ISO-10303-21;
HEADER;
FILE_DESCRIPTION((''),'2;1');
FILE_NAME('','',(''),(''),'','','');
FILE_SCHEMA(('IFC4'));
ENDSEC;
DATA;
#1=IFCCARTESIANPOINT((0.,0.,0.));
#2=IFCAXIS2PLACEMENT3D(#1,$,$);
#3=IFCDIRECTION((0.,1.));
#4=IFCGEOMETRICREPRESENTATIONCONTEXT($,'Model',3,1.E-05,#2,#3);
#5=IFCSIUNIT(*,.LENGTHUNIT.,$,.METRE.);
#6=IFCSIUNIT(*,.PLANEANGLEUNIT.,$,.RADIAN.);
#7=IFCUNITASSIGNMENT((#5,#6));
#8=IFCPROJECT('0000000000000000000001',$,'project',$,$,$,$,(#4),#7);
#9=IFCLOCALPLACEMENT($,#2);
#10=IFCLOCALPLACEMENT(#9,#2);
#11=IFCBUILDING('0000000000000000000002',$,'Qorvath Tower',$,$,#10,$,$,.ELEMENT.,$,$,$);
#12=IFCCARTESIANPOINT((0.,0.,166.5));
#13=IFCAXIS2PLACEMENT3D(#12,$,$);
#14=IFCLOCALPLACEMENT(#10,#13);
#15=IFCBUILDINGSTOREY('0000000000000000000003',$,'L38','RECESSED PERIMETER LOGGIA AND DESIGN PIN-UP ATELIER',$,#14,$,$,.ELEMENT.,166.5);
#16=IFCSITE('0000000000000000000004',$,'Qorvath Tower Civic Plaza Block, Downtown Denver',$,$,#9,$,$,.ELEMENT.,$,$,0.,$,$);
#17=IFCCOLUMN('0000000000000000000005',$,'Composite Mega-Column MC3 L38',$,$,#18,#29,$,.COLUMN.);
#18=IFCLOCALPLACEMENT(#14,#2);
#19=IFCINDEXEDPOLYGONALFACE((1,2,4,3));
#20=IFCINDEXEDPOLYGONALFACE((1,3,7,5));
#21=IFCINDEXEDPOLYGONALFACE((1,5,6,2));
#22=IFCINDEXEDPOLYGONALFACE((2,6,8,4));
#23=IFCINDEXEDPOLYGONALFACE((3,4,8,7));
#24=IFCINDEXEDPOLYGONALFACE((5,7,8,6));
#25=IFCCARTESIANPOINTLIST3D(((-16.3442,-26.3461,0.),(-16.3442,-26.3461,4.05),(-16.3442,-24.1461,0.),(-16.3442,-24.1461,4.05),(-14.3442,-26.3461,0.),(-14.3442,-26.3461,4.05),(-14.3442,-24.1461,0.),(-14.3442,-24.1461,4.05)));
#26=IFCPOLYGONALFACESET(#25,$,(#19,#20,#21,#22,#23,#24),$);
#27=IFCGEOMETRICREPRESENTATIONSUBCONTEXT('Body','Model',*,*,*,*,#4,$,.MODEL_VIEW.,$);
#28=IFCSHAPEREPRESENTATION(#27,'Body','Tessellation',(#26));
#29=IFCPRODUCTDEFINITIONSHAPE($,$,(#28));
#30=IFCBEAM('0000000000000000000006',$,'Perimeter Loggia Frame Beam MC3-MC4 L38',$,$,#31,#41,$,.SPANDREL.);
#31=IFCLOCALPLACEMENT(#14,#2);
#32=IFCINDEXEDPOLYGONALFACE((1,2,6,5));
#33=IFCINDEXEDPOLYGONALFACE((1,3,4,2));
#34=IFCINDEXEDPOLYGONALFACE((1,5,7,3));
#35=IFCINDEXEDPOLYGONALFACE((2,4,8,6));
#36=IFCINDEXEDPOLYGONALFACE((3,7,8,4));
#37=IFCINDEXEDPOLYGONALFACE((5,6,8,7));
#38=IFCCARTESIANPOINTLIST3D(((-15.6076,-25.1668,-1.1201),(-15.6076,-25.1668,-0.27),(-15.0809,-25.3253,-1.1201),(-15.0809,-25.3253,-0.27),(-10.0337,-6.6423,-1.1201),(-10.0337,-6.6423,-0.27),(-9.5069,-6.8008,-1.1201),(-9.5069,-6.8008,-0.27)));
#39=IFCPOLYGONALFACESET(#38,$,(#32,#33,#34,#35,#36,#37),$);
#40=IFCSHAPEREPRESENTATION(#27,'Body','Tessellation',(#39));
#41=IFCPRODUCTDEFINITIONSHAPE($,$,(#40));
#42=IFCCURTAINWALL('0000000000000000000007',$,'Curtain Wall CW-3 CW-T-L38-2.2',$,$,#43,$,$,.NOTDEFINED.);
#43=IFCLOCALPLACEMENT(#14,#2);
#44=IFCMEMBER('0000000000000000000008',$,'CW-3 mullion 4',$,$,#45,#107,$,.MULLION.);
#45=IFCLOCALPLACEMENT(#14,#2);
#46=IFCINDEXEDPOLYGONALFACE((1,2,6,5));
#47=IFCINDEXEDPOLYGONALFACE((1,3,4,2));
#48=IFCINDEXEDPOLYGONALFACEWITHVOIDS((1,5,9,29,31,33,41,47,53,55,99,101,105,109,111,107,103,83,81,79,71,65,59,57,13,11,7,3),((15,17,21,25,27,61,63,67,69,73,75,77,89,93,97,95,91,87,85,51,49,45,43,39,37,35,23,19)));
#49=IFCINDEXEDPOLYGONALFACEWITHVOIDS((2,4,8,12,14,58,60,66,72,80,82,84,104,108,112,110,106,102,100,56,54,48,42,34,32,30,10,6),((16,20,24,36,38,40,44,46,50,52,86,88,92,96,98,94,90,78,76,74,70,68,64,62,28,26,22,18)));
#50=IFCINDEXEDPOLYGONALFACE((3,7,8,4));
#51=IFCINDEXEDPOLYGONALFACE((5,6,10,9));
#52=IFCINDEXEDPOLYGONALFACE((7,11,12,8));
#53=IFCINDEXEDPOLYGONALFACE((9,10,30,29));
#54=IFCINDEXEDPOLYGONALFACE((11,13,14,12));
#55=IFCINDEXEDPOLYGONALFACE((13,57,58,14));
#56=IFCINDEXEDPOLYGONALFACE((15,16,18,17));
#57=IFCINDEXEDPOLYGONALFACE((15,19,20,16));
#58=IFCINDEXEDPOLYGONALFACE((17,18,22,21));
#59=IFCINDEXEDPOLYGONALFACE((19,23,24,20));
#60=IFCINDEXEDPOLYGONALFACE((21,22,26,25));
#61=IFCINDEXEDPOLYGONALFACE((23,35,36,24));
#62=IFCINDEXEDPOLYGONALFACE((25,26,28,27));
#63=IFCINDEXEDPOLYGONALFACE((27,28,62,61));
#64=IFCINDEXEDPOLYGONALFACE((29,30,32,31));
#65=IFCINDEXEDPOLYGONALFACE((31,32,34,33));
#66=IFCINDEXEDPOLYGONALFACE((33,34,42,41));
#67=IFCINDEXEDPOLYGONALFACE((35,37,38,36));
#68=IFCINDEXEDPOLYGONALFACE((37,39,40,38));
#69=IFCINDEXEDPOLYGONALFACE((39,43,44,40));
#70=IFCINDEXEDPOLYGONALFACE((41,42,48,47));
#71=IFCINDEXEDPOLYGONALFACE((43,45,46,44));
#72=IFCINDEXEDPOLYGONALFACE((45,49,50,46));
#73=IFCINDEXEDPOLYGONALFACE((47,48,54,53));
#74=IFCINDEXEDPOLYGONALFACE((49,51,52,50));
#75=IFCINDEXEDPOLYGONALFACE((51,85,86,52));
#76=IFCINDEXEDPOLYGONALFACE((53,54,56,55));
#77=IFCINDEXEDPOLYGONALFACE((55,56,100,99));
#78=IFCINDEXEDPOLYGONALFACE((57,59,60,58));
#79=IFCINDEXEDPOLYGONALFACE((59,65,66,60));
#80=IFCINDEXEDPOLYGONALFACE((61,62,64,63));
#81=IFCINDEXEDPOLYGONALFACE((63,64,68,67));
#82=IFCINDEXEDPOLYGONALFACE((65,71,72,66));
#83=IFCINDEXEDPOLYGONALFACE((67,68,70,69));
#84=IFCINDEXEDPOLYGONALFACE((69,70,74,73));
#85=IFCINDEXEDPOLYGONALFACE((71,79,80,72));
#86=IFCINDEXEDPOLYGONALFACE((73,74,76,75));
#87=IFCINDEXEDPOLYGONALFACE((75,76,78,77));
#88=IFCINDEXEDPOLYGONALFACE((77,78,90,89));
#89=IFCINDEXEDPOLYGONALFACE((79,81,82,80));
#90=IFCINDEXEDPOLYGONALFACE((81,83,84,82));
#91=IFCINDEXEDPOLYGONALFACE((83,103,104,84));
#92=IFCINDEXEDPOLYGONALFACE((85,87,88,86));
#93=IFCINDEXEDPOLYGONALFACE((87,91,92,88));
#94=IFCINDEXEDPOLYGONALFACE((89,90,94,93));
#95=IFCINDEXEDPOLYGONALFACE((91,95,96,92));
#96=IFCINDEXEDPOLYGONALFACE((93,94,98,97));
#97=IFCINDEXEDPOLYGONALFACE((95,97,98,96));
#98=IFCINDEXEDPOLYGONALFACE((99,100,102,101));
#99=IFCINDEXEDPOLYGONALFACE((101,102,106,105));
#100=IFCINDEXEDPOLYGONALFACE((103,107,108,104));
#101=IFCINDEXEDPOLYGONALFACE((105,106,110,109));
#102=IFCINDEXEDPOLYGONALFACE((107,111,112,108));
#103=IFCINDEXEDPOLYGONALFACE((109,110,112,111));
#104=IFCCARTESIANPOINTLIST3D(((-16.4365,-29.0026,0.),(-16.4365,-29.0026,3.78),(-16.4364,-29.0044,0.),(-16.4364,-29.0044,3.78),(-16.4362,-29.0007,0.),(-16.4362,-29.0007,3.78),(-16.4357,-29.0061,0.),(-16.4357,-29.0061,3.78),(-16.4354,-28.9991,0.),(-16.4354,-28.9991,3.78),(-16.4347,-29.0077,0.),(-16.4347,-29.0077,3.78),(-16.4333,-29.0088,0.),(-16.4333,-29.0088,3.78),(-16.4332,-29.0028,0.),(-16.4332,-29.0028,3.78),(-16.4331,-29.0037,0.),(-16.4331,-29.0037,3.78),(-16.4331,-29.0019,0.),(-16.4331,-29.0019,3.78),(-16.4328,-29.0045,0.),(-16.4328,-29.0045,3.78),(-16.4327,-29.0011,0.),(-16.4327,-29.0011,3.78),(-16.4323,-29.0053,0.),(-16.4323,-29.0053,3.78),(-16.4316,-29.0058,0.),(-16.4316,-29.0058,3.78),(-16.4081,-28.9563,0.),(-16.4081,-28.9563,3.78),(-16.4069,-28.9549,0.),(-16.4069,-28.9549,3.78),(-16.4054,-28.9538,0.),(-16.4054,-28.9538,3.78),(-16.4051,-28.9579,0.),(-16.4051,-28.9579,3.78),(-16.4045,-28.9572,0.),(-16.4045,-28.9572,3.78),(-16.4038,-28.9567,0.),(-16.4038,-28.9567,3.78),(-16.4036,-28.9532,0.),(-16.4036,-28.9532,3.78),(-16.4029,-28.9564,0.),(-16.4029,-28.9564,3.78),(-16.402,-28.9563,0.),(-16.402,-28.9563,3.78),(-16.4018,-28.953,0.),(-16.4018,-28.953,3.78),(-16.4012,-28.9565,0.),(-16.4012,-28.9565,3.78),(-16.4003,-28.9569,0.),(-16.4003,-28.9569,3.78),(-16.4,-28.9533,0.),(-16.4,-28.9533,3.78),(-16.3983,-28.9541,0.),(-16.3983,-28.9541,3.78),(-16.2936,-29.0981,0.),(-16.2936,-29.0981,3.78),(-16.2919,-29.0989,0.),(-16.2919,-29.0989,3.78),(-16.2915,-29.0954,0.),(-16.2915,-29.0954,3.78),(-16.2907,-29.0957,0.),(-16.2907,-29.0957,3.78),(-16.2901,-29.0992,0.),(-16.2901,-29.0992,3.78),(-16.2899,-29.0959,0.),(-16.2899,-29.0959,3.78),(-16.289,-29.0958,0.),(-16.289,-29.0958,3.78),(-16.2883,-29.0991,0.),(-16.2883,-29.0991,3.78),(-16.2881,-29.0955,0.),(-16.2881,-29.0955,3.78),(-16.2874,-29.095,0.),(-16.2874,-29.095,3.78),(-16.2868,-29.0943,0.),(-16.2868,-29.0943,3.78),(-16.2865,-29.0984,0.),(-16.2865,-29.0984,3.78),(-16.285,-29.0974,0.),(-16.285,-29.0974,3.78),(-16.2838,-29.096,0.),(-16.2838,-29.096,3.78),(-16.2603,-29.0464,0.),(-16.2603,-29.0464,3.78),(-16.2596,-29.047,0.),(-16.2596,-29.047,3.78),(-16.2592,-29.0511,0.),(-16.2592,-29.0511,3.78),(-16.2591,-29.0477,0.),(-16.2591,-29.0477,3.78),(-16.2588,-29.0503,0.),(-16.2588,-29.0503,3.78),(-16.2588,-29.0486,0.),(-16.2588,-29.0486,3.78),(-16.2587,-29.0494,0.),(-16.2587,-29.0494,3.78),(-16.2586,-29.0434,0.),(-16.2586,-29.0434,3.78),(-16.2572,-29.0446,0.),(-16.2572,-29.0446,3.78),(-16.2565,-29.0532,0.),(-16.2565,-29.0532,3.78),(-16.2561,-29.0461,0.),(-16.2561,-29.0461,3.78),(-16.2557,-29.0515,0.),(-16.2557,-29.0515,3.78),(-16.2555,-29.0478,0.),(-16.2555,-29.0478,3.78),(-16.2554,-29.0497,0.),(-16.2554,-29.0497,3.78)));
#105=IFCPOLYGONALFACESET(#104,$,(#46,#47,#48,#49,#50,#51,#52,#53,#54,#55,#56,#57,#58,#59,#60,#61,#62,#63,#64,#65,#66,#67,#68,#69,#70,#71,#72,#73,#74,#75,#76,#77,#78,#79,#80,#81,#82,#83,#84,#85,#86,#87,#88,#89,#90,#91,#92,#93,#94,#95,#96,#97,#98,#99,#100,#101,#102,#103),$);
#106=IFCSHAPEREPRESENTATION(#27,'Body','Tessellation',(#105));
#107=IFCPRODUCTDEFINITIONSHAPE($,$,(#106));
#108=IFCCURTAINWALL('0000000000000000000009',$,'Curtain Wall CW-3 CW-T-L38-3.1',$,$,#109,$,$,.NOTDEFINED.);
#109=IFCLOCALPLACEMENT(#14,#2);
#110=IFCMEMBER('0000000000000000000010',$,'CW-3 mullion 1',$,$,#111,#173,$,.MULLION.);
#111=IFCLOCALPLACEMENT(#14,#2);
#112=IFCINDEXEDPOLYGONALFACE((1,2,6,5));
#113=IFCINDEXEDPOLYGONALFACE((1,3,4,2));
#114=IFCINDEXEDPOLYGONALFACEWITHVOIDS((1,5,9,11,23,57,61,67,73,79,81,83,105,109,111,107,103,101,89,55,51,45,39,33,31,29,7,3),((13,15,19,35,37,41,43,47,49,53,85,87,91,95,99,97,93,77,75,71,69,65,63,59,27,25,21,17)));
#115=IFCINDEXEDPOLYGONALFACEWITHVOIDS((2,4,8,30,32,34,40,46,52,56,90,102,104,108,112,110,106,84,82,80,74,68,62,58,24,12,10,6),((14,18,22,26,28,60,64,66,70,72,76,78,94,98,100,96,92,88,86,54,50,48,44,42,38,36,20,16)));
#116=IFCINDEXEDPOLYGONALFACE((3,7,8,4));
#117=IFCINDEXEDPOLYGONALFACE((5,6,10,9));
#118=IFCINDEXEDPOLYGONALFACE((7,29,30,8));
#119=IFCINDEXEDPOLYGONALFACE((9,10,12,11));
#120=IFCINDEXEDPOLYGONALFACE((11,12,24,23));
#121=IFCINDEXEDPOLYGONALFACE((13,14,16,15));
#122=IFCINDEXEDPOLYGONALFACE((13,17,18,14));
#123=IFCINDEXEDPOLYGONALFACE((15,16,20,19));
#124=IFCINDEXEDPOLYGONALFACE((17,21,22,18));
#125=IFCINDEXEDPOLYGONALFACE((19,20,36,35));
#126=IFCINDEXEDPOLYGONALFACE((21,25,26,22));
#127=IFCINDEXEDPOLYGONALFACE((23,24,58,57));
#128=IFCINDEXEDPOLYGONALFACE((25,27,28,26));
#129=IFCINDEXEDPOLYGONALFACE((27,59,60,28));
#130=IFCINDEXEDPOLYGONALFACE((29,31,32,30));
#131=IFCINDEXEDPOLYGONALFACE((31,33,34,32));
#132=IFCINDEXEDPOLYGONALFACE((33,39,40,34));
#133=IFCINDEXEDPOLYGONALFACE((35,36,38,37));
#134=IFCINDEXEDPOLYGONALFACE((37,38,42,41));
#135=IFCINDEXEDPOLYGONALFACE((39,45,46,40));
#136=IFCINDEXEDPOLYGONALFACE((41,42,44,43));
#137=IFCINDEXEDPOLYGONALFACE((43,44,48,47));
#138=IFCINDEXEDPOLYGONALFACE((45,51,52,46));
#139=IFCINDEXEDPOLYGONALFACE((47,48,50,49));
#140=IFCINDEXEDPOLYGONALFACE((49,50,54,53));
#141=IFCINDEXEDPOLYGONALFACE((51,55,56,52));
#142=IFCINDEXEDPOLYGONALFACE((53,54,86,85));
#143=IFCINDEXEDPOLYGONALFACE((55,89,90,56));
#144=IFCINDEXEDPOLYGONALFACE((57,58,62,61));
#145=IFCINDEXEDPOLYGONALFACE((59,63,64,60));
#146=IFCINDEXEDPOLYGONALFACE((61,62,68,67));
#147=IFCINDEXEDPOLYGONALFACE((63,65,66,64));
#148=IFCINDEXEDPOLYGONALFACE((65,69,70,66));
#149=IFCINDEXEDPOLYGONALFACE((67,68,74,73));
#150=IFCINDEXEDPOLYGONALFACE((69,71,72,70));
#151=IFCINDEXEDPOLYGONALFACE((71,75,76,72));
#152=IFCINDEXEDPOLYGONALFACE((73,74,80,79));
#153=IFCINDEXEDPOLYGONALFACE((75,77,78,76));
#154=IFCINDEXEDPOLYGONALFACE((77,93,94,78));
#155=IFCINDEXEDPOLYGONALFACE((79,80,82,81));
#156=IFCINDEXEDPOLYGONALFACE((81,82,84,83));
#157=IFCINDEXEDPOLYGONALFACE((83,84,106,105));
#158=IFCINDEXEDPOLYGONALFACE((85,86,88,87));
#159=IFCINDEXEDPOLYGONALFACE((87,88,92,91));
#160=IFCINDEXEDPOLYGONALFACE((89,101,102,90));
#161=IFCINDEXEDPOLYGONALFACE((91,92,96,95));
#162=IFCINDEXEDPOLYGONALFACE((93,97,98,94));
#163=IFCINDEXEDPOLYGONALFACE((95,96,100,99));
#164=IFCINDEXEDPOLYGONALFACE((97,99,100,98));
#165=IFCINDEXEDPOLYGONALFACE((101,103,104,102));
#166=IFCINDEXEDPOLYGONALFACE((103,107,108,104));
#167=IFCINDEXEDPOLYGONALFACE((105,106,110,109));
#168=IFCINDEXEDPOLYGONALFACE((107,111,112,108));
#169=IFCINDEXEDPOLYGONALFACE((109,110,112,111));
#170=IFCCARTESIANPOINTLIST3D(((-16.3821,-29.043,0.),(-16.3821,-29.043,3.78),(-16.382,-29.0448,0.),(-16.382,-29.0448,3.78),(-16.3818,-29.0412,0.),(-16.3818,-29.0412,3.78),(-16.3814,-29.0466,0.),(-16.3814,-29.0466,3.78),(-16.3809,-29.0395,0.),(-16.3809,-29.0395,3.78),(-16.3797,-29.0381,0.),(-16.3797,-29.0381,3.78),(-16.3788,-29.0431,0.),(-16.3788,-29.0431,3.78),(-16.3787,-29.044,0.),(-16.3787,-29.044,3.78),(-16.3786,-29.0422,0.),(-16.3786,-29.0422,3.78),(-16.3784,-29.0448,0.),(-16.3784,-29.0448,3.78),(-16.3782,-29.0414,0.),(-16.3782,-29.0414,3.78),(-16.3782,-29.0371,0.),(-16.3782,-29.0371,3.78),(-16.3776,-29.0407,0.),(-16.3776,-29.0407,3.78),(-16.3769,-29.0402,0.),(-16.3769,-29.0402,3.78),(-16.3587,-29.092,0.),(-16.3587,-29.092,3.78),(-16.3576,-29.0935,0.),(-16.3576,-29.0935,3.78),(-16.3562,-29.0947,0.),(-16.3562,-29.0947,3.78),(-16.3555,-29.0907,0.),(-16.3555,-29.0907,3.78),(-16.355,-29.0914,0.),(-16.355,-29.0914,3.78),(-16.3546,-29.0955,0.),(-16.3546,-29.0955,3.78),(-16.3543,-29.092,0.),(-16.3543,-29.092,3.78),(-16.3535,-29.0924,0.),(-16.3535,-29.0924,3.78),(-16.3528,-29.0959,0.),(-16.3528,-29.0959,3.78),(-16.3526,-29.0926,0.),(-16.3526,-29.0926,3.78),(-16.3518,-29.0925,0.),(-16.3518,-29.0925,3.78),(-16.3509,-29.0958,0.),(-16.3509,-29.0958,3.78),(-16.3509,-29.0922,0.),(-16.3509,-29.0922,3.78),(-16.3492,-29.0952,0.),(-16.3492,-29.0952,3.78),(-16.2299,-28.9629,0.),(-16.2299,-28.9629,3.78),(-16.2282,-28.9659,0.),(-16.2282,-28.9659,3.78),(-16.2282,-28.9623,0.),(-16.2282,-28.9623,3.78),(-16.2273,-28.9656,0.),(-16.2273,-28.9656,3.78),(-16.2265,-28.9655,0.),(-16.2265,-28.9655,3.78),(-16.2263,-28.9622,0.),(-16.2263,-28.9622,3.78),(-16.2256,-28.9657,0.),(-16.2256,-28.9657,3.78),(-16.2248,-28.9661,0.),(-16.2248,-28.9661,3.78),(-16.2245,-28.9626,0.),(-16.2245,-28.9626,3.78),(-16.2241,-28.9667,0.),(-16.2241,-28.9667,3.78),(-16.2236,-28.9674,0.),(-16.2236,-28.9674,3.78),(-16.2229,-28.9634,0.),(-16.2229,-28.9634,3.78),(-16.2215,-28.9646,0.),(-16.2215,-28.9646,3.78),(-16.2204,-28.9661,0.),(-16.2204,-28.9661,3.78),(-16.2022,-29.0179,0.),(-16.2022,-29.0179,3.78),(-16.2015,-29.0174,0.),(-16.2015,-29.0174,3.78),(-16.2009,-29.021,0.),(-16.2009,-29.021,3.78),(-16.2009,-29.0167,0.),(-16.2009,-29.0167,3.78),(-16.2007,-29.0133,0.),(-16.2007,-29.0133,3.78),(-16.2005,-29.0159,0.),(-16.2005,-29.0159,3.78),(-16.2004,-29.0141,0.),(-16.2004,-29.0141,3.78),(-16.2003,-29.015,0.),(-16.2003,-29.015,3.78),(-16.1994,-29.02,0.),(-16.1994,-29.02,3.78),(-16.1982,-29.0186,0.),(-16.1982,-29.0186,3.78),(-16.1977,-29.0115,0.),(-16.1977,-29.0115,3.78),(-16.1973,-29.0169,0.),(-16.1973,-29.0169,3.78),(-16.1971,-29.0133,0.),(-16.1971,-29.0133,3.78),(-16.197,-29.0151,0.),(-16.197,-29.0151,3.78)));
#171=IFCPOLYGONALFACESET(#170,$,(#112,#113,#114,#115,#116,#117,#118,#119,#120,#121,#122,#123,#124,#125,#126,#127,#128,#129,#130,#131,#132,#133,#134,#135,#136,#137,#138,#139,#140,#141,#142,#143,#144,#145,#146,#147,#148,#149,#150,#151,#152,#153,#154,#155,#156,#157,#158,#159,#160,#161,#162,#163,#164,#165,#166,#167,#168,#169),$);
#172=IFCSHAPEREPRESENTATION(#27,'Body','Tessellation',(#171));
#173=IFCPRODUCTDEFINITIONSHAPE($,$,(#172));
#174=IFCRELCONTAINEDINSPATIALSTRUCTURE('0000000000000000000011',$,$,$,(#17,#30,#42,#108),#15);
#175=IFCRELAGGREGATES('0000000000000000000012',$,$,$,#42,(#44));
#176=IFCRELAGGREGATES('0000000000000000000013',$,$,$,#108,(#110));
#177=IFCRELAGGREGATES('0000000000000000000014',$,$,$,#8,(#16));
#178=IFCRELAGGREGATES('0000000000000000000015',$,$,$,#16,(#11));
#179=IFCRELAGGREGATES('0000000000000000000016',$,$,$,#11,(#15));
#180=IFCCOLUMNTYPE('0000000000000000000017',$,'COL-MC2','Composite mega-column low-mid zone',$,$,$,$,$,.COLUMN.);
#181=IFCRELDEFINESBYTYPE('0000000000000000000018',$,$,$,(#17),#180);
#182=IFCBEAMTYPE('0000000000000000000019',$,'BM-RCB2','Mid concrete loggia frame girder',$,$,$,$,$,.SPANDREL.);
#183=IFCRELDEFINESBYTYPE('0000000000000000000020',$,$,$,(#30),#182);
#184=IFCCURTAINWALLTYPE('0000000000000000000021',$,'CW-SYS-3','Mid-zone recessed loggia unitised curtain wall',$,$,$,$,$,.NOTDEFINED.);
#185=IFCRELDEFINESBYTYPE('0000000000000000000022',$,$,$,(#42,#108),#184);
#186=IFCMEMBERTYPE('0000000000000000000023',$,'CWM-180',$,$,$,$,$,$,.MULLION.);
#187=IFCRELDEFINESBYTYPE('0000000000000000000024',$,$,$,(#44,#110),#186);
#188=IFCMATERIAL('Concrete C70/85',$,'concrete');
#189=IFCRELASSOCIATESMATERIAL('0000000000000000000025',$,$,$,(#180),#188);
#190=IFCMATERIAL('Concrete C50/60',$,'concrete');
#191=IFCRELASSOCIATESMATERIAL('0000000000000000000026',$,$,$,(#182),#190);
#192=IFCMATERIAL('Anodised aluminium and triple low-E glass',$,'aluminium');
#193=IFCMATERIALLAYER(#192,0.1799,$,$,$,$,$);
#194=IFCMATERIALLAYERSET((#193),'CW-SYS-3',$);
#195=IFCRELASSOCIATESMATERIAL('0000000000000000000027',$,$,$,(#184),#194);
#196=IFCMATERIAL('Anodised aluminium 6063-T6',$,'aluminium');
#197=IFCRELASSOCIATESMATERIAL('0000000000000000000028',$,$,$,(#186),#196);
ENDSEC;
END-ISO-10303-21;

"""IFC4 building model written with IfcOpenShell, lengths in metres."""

from ifc_helpers import new_model, si_unit, direction, frame, origin, origin_2d, place, context, subcontext, project, spatial, rectangle, hollow_rectangle, extrude, material, layer, layer_set, material_profile, profile_set, type_object, element, aggregate, save


model = new_model("IFC4")

# Units and contexts
model_context = context("Model", 3, precision=1e-05, world=origin(), true_north=direction((0.0, 1.0)))
body_context = subcontext(model_context, "Body", "Model", "MODEL_VIEW")
ifc_project = project(units=[si_unit("LENGTHUNIT", "METRE"), si_unit("PLANEANGLEUNIT", "RADIAN")], contexts=[model_context])

# Site, building, storey
site_placement = place(None, origin())
site = spatial("IfcSite", under=ifc_project, at=site_placement, Name="Qorvath Tower Civic Plaza Block, Downtown Denver", CompositionType="ELEMENT", RefElevation=0.0)
building_placement = place(site_placement, origin())
building = spatial("IfcBuilding", under=site, at=building_placement, Name="Qorvath Tower", CompositionType="ELEMENT")
storey_placement = place(building_placement, frame((0.0, 0.0, 166.5)))
storey = spatial("IfcBuildingStorey", under=building, at=storey_placement, Name="L38", Description="RECESSED PERIMETER LOGGIA AND DESIGN PIN-UP ATELIER", CompositionType="ELEMENT", Elevation=166.5)

# Column
ifc_material_1 = material(Name="Concrete C70/85", Category="concrete")
ifc_material_profile_1 = material_profile(ifc_material_1, rectangle(XDim=2.0, YDim=2.2, at=origin_2d()), Name="MC 2200x2000")
ifc_profile_set_1 = profile_set([ifc_material_profile_1], Name="Concrete C70/85")
column_type = type_object("IfcColumnType", Name="COL-MC2", Description="Composite mega-column low-mid zone", PredefinedType="COLUMN", material=ifc_profile_set_1)
column_placement = place(storey_placement, frame((-15.3442, -25.2461, 0.0), z_axis=(0.0, 0.0, 1.0), x_axis=(1.0, 0.0, 0.0)))
element("IfcColumn", 1, at=column_placement, inside=storey, type_object=column_type, Name="Composite Mega-Column MC3 L38", PredefinedType="COLUMN", context=body_context, shape_type="SweptSolid", body=[
    extrude(rectangle(XDim=2.0, YDim=2.2, at=origin_2d()), origin(), (0.0, 0.0, 1.0), 4.05),
])

# Beam
ifc_material_2 = material(Name="Concrete C50/60", Category="concrete")
ifc_material_profile_2 = material_profile(ifc_material_2, rectangle(XDim=0.55, YDim=0.8501, at=origin_2d()), Name="RCB 850x550")
ifc_profile_set_2 = profile_set([ifc_material_profile_2], Name="Concrete C50/60")
beam_type = type_object("IfcBeamType", Name="BM-RCB2", Description="Mid concrete loggia frame girder", PredefinedType="SPANDREL", material=ifc_profile_set_2)
beam_placement = place(storey_placement, frame((-15.3442, -25.2461, -0.6951), z_axis=(0.288134, 0.95759, 0.0), x_axis=(-0.95759, 0.288134, 0.0)))
element("IfcBeam", 2, at=beam_placement, inside=storey, type_object=beam_type, Name="Perimeter Loggia Frame Beam MC3-MC4 L38", PredefinedType="SPANDREL", context=body_context, shape_type="SweptSolid", body=[
    extrude(rectangle(XDim=0.55, YDim=0.8501, at=origin_2d()), origin(), (0.0, 0.0, 1.0), 19.345),
])

# Curtain wall, member
ifc_material_3 = material(Name="Anodised aluminium and triple low-E glass", Category="aluminium")
ifc_layer_1 = layer(ifc_material_3, 0.1799)
ifc_layer_set_1 = layer_set([ifc_layer_1], Name="CW-SYS-3")
curtain_wall_type = type_object("IfcCurtainWallType", Name="CW-SYS-3", Description="Mid-zone recessed loggia unitised curtain wall", PredefinedType="NOTDEFINED", material=ifc_layer_set_1)
curtain_wall_1_placement = place(storey_placement, origin())
curtain_wall_1 = element("IfcCurtainWall", 3, at=curtain_wall_1_placement, inside=storey, type_object=curtain_wall_type, Name="Curtain Wall CW-3 CW-T-L38-2.2", PredefinedType="NOTDEFINED")
ifc_material_4 = material(Name="Anodised aluminium 6063-T6", Category="aluminium")
ifc_material_profile_3 = material_profile(ifc_material_4, hollow_rectangle(XDim=0.0649, YDim=0.1799, WallThickness=0.0034, InnerFilletRadius=0.0034, OuterFilletRadius=0.0071, at=origin_2d()), Name="CWM 180x65")
ifc_profile_set_3 = profile_set([ifc_material_profile_3], Name="Anodised aluminium 6063-T6")
member_type_1 = type_object("IfcMemberType", Name="CWM-180", PredefinedType="MULLION", material=ifc_profile_set_3)
member_1_placement = place(storey_placement, frame((-16.3459, -29.0261, 0.0), z_axis=(0.0, 0.0, 1.0), x_axis=(0.538534, 0.842604, 0.0)))
member_1 = element("IfcMember", 4, at=member_1_placement, type_object=member_type_1, Name="CW-3 mullion 4", PredefinedType="MULLION", context=body_context, shape_type="SweptSolid", body=[
    extrude(hollow_rectangle(XDim=0.0649, YDim=0.1799, WallThickness=0.0034, InnerFilletRadius=0.0034, OuterFilletRadius=0.0071, at=origin_2d()), origin(), (0.0, 0.0, 1.0), 3.78),
])
aggregate(curtain_wall_1, [member_1])

# Curtain wall, member
curtain_wall_2_placement = place(storey_placement, origin())
curtain_wall_2 = element("IfcCurtainWall", 5, at=curtain_wall_2_placement, inside=storey, type_object=curtain_wall_type, Name="Curtain Wall CW-3 CW-T-L38-3.1", PredefinedType="NOTDEFINED")
member_2_placement = place(storey_placement, frame((-16.2896, -29.0291, 0.0), z_axis=(0.0, 0.0, 1.0), x_axis=(-0.447222, 0.894423, 0.0)))
member_2 = element("IfcMember", 6, at=member_2_placement, type_object=member_type_1, Name="CW-3 mullion 1", PredefinedType="MULLION", context=body_context, shape_type="SweptSolid", body=[
    extrude(hollow_rectangle(XDim=0.0649, YDim=0.1799, WallThickness=0.0034, InnerFilletRadius=0.0034, OuterFilletRadius=0.0071, at=origin_2d()), origin(), (0.0, 0.0, 1.0), 3.78),
])

aggregate(curtain_wall_2, [member_2])

save(model, "model.ifc")
